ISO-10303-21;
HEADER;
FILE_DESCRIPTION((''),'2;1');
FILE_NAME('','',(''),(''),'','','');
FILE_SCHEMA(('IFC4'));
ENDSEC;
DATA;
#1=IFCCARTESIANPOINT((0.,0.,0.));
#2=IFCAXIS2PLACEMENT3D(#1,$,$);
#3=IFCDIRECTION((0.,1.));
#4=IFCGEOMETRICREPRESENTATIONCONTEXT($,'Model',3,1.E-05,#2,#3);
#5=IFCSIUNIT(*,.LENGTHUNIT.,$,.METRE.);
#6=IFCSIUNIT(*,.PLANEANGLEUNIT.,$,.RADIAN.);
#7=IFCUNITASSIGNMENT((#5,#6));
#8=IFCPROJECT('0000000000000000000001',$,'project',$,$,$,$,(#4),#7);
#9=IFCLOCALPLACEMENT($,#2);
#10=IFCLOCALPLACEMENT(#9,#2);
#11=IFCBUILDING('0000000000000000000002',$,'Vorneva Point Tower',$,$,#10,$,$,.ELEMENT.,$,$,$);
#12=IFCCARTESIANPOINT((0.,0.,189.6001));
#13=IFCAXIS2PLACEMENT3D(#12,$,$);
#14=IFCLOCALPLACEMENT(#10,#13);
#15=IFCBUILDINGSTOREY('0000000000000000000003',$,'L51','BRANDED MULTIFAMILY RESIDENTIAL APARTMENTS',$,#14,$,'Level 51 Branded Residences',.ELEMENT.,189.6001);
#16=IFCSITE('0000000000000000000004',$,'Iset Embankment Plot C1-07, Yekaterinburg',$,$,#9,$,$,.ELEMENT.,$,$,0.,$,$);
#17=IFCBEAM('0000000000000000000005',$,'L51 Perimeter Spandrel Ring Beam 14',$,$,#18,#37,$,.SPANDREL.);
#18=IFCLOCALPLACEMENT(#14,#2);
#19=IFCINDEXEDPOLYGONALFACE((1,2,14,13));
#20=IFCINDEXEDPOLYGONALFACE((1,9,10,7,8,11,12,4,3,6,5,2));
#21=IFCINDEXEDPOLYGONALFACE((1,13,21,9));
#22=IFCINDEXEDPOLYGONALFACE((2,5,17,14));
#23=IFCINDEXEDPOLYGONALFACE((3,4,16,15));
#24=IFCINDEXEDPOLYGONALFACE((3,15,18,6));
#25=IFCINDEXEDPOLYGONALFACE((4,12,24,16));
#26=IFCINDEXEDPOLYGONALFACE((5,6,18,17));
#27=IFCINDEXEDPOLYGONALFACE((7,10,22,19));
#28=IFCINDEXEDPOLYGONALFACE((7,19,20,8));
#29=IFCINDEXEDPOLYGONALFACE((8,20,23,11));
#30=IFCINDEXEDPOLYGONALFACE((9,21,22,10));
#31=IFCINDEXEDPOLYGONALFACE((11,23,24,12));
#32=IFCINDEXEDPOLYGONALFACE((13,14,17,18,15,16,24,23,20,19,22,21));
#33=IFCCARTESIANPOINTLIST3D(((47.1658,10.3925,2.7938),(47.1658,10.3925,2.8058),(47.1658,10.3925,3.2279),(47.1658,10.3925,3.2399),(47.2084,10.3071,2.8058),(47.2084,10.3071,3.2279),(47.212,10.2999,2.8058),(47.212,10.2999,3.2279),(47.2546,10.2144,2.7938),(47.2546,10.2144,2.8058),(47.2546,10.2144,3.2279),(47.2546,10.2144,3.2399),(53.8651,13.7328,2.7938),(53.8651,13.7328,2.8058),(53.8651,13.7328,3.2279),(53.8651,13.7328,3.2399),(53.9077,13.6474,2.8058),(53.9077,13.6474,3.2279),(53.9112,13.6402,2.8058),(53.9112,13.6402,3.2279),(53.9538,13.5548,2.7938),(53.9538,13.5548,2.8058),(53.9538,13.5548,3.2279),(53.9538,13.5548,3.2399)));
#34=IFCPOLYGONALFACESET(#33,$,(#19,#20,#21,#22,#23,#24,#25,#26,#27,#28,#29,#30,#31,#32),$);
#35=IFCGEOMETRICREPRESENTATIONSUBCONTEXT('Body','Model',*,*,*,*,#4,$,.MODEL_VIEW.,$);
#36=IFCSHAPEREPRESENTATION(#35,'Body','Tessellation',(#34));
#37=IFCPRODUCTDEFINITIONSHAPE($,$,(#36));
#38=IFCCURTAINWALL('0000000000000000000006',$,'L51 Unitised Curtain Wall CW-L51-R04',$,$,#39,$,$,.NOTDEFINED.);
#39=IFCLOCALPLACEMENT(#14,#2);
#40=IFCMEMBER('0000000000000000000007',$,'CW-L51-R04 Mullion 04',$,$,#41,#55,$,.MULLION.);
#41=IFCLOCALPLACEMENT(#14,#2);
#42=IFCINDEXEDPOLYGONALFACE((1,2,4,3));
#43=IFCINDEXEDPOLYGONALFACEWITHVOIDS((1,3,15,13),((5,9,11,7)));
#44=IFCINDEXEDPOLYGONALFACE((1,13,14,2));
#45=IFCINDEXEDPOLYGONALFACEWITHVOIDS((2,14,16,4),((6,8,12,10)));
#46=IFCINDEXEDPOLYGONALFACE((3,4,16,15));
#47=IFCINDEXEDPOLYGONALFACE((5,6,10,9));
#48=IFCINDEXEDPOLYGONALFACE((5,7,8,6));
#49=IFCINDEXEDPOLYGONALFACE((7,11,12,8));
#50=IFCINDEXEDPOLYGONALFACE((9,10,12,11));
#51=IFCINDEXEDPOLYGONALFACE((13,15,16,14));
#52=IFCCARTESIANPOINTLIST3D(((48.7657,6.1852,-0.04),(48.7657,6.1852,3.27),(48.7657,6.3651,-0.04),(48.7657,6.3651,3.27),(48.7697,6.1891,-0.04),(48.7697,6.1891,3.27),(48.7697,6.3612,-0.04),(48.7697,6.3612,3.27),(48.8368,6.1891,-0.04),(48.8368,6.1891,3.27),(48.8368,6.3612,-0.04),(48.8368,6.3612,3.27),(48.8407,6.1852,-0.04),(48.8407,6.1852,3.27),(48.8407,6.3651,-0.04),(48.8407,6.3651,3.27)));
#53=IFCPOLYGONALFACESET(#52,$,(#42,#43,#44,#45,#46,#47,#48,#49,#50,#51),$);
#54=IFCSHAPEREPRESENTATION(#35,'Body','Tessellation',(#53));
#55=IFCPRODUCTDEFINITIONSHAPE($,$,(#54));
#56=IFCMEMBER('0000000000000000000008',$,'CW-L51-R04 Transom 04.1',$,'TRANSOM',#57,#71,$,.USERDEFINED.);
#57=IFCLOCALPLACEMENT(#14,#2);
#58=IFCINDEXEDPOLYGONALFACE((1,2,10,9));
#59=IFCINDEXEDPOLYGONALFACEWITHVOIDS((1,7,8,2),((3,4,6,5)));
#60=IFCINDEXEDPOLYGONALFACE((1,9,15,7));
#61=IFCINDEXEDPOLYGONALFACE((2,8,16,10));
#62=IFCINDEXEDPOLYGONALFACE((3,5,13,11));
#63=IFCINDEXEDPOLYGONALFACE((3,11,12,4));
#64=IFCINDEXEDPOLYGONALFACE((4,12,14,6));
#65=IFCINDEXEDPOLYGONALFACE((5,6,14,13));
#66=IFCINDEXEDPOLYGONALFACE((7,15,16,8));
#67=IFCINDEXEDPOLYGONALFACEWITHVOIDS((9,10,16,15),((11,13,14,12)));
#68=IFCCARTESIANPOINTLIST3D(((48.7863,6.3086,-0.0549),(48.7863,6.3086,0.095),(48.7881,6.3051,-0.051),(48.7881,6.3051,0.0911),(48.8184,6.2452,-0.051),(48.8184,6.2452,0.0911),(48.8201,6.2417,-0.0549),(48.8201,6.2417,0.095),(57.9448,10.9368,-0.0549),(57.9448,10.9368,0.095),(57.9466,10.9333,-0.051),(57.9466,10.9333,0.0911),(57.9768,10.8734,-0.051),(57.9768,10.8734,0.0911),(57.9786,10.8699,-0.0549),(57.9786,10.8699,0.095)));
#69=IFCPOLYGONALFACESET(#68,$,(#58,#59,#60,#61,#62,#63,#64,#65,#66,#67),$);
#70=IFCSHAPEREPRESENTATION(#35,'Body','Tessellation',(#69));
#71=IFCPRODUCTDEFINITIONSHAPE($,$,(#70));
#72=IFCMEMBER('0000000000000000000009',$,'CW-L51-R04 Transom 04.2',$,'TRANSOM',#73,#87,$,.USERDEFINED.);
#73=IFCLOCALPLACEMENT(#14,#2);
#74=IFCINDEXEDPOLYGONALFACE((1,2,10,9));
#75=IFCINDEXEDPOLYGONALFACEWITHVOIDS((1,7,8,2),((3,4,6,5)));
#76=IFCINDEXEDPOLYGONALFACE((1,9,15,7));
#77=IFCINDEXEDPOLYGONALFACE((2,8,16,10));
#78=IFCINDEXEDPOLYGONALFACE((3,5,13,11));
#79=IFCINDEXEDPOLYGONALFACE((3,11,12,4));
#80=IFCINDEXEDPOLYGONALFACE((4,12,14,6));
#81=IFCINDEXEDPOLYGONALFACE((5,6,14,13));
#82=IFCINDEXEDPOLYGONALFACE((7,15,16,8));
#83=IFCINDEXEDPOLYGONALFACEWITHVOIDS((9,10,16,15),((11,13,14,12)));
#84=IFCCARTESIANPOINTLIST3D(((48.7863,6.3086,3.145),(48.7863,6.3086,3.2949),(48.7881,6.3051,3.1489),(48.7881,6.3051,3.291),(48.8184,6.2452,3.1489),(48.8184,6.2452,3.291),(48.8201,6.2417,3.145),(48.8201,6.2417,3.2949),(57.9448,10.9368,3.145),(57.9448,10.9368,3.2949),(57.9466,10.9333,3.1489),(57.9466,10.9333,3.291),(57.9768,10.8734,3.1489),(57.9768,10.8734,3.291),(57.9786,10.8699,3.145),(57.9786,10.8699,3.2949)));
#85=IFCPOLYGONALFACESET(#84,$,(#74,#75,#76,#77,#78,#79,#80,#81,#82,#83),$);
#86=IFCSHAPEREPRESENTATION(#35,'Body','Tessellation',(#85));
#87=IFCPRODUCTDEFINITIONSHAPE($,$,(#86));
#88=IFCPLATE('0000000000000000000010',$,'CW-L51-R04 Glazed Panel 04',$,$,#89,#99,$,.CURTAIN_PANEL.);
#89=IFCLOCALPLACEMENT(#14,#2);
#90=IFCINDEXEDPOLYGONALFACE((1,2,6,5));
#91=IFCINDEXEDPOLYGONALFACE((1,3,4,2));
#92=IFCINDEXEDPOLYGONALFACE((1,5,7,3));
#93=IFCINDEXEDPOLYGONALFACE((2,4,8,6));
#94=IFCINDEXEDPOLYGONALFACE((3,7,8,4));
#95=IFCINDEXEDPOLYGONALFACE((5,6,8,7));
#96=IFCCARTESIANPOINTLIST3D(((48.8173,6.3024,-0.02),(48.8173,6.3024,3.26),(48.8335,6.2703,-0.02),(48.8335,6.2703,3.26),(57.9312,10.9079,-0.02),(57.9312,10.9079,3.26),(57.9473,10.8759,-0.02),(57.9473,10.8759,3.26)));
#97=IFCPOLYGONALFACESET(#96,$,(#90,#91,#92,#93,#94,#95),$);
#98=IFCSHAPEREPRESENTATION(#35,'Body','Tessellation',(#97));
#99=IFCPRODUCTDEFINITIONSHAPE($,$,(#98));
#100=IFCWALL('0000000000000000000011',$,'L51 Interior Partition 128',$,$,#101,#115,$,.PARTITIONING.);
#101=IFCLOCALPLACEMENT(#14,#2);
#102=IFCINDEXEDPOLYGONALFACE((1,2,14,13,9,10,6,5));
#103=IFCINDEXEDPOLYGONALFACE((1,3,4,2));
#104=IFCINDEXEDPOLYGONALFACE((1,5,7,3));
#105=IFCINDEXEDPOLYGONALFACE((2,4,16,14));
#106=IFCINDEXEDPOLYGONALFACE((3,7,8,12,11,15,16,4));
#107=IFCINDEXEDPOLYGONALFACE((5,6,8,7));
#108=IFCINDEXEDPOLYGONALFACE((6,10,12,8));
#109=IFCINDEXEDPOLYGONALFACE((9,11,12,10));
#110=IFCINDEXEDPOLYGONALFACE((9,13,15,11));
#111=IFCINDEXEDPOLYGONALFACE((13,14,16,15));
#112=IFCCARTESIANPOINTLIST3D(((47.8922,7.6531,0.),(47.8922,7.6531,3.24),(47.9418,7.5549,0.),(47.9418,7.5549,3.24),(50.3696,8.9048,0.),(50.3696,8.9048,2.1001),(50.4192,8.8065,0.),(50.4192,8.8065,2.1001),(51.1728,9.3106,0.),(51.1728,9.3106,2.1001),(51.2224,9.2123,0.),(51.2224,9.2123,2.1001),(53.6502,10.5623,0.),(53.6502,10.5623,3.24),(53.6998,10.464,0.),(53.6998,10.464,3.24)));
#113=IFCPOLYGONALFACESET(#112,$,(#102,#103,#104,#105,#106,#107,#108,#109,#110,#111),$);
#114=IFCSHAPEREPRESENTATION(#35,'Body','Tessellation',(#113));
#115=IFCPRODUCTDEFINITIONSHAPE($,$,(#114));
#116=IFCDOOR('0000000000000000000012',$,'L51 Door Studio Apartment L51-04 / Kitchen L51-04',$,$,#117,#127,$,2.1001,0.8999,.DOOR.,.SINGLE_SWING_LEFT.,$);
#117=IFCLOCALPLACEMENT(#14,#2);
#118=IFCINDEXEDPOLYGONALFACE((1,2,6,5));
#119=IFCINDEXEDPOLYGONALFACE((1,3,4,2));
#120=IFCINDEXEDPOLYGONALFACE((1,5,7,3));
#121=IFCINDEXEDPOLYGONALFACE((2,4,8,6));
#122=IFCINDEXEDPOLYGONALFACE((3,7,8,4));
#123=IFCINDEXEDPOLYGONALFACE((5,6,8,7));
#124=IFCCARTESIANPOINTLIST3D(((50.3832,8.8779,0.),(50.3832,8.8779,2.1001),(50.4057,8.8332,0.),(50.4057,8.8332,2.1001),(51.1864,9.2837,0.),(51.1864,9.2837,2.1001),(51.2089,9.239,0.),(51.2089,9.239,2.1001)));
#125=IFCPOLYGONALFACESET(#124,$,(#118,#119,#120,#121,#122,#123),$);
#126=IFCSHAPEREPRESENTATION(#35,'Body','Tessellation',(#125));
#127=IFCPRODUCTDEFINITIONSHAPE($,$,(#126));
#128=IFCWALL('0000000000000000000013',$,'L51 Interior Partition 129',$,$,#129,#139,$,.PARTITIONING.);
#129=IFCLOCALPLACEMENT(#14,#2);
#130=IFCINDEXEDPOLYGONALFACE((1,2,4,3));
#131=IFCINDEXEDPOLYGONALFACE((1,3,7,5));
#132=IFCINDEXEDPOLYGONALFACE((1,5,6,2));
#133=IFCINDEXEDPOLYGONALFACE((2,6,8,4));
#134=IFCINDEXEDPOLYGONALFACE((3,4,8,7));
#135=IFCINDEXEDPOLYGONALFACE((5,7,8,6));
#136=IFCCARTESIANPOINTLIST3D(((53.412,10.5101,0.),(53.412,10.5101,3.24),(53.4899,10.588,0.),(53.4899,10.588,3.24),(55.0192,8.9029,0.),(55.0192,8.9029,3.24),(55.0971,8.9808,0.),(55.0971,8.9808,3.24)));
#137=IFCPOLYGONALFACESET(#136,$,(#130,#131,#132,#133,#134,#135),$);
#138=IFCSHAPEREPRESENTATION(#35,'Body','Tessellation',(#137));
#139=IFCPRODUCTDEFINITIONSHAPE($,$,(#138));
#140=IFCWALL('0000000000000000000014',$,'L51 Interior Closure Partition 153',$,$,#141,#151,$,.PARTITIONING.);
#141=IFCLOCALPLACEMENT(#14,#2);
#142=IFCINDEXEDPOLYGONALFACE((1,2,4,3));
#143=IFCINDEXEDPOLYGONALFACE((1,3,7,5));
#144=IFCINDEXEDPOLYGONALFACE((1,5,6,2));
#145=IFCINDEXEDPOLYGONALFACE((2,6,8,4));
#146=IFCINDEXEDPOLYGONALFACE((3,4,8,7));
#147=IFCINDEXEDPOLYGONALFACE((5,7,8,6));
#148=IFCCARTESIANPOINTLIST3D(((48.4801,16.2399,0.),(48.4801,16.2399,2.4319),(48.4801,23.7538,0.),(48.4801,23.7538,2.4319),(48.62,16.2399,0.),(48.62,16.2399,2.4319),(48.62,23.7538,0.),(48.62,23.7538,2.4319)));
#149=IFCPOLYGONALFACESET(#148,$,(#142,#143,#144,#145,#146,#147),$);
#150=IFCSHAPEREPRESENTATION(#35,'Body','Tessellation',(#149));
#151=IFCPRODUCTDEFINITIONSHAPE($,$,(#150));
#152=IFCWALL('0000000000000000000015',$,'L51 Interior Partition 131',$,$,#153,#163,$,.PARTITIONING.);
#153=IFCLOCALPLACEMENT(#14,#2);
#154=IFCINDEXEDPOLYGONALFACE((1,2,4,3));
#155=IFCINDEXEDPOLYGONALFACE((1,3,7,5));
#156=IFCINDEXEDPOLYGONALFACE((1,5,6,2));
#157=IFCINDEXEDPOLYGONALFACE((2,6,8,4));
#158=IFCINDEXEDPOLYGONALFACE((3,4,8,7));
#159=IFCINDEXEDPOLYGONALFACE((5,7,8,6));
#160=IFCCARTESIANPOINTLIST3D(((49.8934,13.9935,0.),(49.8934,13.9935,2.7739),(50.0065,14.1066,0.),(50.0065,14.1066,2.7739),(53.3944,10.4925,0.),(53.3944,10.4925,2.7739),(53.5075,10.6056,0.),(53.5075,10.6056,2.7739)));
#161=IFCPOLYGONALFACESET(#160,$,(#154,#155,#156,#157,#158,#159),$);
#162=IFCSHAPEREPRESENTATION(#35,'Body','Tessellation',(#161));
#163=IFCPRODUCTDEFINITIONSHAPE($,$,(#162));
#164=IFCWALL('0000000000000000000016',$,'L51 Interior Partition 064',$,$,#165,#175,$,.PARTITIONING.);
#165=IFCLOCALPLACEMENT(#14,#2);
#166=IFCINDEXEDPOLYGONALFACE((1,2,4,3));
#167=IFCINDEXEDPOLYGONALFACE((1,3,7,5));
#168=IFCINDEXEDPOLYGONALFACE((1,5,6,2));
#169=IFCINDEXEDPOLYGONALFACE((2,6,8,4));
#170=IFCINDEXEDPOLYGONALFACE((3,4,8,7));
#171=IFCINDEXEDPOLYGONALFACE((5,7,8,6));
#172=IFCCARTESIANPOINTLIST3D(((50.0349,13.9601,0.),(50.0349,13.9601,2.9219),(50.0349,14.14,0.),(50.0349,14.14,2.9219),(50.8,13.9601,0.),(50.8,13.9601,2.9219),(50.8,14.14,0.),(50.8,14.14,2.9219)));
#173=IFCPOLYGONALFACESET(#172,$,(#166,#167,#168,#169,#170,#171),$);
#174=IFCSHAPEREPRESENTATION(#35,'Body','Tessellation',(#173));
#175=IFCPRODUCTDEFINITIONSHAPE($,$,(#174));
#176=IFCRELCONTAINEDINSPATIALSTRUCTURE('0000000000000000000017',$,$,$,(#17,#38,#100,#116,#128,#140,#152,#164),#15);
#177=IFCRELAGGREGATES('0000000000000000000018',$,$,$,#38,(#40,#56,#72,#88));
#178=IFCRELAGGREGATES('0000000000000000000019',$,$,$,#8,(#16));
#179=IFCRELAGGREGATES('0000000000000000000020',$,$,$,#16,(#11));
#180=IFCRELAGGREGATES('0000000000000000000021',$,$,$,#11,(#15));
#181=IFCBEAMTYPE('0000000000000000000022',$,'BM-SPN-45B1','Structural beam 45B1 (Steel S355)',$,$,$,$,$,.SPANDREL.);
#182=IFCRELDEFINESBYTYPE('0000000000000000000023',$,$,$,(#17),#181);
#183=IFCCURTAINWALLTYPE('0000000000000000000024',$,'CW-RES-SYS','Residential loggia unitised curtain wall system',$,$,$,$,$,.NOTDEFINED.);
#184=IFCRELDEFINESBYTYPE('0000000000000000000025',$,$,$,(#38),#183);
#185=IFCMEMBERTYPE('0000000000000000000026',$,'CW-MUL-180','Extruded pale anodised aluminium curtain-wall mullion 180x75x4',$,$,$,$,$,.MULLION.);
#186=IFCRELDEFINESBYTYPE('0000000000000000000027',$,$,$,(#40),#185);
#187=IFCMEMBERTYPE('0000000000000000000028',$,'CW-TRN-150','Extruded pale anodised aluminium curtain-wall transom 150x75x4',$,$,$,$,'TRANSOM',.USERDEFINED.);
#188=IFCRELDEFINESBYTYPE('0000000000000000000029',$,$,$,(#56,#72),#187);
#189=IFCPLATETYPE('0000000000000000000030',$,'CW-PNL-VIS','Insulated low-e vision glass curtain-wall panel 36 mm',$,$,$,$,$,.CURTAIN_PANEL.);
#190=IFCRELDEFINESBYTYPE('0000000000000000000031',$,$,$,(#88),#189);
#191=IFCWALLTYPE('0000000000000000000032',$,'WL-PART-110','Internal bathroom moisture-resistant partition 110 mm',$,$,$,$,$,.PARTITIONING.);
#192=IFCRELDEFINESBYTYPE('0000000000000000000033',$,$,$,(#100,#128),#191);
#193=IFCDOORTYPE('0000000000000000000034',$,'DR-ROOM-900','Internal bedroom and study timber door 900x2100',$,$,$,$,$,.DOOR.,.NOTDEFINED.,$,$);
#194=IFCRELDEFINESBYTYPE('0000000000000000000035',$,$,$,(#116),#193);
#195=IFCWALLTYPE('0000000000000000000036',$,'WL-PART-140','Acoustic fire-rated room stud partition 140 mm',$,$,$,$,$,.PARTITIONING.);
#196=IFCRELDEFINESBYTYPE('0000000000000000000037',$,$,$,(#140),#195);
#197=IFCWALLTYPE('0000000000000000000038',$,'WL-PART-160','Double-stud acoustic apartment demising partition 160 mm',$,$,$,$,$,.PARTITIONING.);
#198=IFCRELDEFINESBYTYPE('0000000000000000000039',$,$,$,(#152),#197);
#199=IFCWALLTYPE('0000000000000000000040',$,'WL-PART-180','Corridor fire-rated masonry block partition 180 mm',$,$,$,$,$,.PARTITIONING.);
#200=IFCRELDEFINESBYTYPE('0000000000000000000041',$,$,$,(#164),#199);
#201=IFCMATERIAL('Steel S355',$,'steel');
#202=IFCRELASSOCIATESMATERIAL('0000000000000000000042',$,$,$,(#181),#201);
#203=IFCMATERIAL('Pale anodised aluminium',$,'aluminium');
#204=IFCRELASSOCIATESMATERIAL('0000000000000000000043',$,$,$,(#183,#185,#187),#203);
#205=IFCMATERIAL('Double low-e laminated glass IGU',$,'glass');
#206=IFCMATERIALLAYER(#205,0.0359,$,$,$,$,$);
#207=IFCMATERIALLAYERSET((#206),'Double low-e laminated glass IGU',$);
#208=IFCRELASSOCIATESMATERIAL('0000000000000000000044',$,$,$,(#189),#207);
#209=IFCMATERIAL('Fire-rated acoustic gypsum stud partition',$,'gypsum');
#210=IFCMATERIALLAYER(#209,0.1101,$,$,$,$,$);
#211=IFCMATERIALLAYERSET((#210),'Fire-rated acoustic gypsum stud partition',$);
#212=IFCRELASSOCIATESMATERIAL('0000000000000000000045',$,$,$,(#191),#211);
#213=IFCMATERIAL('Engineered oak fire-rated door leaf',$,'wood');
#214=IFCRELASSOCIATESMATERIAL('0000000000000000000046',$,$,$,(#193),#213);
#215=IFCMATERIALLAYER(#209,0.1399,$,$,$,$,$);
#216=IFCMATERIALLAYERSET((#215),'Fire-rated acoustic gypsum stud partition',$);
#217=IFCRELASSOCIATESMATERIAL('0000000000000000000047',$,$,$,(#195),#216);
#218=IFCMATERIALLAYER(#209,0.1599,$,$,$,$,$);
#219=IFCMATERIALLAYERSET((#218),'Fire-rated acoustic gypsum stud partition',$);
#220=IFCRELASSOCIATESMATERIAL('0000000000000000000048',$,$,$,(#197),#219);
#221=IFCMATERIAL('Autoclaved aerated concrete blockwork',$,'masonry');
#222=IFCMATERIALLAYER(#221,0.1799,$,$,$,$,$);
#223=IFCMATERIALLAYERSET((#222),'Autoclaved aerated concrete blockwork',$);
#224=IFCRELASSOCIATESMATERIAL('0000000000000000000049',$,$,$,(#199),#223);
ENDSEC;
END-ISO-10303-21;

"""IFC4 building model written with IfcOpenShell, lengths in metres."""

from ifc_helpers import new_model, si_unit, direction, frame, frame_2d, origin, origin_2d, place, context, subcontext, project, spatial, rectangle, hollow_rectangle, i_section, extrude, material, layer, layer_set, material_profile, profile_set, type_object, element, fill, aggregate, save


model = new_model("IFC4")

# Units and contexts
model_context = context("Model", 3, precision=1e-05, world=origin(), true_north=direction((0.0, 1.0)))
body_context = subcontext(model_context, "Body", "Model", "MODEL_VIEW")
ifc_project = project(units=[si_unit("LENGTHUNIT", "METRE"), si_unit("PLANEANGLEUNIT", "RADIAN")], contexts=[model_context])

# Site, building, storey
site_placement = place(None, origin())
site = spatial("IfcSite", under=ifc_project, at=site_placement, Name="Iset Embankment Plot C1-07, Yekaterinburg", CompositionType="ELEMENT", RefElevation=0.0)
building_placement = place(site_placement, origin())
building = spatial("IfcBuilding", under=site, at=building_placement, Name="Vorneva Point Tower", CompositionType="ELEMENT")
storey_placement = place(building_placement, frame((0.0, 0.0, 189.6001)))
storey = spatial("IfcBuildingStorey", under=building, at=storey_placement, Name="L51", Description="BRANDED MULTIFAMILY RESIDENTIAL APARTMENTS", LongName="Level 51 Branded Residences", CompositionType="ELEMENT", Elevation=189.6001)

# Beam
ifc_material_1 = material(Name="Steel S355", Category="steel")
ifc_material_profile_1 = material_profile(ifc_material_1, i_section(OverallWidth=0.199, OverallDepth=0.446, WebThickness=0.0081, FlangeThickness=0.012, at=origin_2d()), Name="45B1")
ifc_profile_set_1 = profile_set([ifc_material_profile_1], Name="Steel S355")
beam_type_1 = type_object("IfcBeamType", Name="BM-SPN-45B1", Description="Structural beam 45B1 (Steel S355)", PredefinedType="SPANDREL", material=ifc_profile_set_1)
beam_1_placement = place(storey_placement, frame((47.2102, 10.3035, 3.0168), z_axis=(0.894922, 0.446222, 0.0), x_axis=(-0.446222, 0.894922, 0.0)))
element("IfcBeam", 1, at=beam_1_placement, inside=storey, type_object=beam_type_1, Name="L51 Perimeter Spandrel Ring Beam 14", PredefinedType="SPANDREL", context=body_context, shape_type="SweptSolid", body=[
    extrude(i_section(OverallWidth=0.199, OverallDepth=0.446, WebThickness=0.0081, FlangeThickness=0.012, at=origin_2d()), origin(), (0.0, 0.0, 1.0), 7.4858),
])

# Curtain wall, members, plate
ifc_material_2 = material(Name="Pale anodised aluminium", Category="aluminium")
curtain_wall_type = type_object("IfcCurtainWallType", Name="CW-RES-SYS", Description="Residential loggia unitised curtain wall system", PredefinedType="NOTDEFINED", material=ifc_material_2)
curtain_wall_placement = place(storey_placement, origin())
curtain_wall = element("IfcCurtainWall", 2, at=curtain_wall_placement, inside=storey, type_object=curtain_wall_type, Name="L51 Unitised Curtain Wall CW-L51-R04", PredefinedType="NOTDEFINED")
ifc_material_profile_2 = material_profile(ifc_material_2, hollow_rectangle(XDim=0.075, YDim=0.1799, WallThickness=0.0039, at=origin_2d()), Name="AL-MUL 180x75x4")
ifc_profile_set_2 = profile_set([ifc_material_profile_2], Name="Pale anodised aluminium")
member_type_1 = type_object("IfcMemberType", Name="CW-MUL-180", Description="Extruded pale anodised aluminium curtain-wall mullion 180x75x4", PredefinedType="MULLION", material=ifc_profile_set_2)
member_1_placement = place(storey_placement, frame((48.8032, 6.2751, -0.04), z_axis=(0.0, 0.0, 1.0), x_axis=(1.0, 0.0, 0.0)))
member_1 = element("IfcMember", 3, at=member_1_placement, type_object=member_type_1, Name="CW-L51-R04 Mullion 04", PredefinedType="MULLION", context=body_context, shape_type="SweptSolid", body=[
    extrude(hollow_rectangle(XDim=0.075, YDim=0.1799, WallThickness=0.0039, at=origin_2d()), origin(), (0.0, 0.0, 1.0), 3.3101),
])
ifc_material_profile_3 = material_profile(ifc_material_2, hollow_rectangle(XDim=0.075, YDim=0.1499, WallThickness=0.0039, at=origin_2d()), Name="AL-TRN 150x75x4")
ifc_profile_set_3 = profile_set([ifc_material_profile_3], Name="Pale anodised aluminium")
member_type_2 = type_object("IfcMemberType", Name="CW-TRN-150", Description="Extruded pale anodised aluminium curtain-wall transom 150x75x4", ElementType="TRANSOM", PredefinedType="USERDEFINED", material=ifc_profile_set_3)
member_2_placement = place(storey_placement, frame((48.8032, 6.2751, 0.02), z_axis=(0.892511, 0.451026, 0.0), x_axis=(-0.451026, 0.892511, 0.0)))
member_2 = element("IfcMember", 4, at=member_2_placement, type_object=member_type_2, Name="CW-L51-R04 Transom 04.1", ObjectType="TRANSOM", PredefinedType="USERDEFINED", context=body_context, shape_type="SweptSolid", body=[
    extrude(hollow_rectangle(XDim=0.075, YDim=0.1499, WallThickness=0.0039, at=origin_2d()), origin(), (0.0, 0.0, 1.0), 10.2615),
])
member_3_placement = place(storey_placement, frame((48.8032, 6.2751, 3.22), z_axis=(0.892511, 0.451026, 0.0), x_axis=(-0.451026, 0.892511, 0.0)))
member_3 = element("IfcMember", 5, at=member_3_placement, type_object=member_type_2, Name="CW-L51-R04 Transom 04.2", ObjectType="TRANSOM", PredefinedType="USERDEFINED", context=body_context, shape_type="SweptSolid", body=[
    extrude(hollow_rectangle(XDim=0.075, YDim=0.1499, WallThickness=0.0039, at=origin_2d()), origin(), (0.0, 0.0, 1.0), 10.2615),
])
ifc_material_3 = material(Name="Double low-e laminated glass IGU", Category="glass")
ifc_layer_1 = layer(ifc_material_3, 0.0359)
ifc_layer_set_1 = layer_set([ifc_layer_1], Name="Double low-e laminated glass IGU")
plate_type = type_object("IfcPlateType", Name="CW-PNL-VIS", Description="Insulated low-e vision glass curtain-wall panel 36 mm", PredefinedType="CURTAIN_PANEL", material=ifc_layer_set_1)
plate_placement = place(storey_placement, frame((53.3823, 8.5891, -0.02), z_axis=(0.0, 0.0, 1.0), x_axis=(0.892515, 0.451018, 0.0)))
plate = element("IfcPlate", 6, at=plate_placement, type_object=plate_type, Name="CW-L51-R04 Glazed Panel 04", PredefinedType="CURTAIN_PANEL", context=body_context, shape_type="SweptSolid", body=[
    extrude(rectangle(XDim=10.2114, YDim=0.0359, at=origin_2d()), origin(), (0.0, 0.0, 1.0), 3.28),
])
aggregate(curtain_wall, [member_1, member_2, member_3, plate])

# Wall, opening, door
ifc_material_4 = material(Name="Fire-rated acoustic gypsum stud partition", Category="gypsum")
ifc_layer_2 = layer(ifc_material_4, 0.1101)
ifc_layer_set_2 = layer_set([ifc_layer_2], Name="Fire-rated acoustic gypsum stud partition")
wall_type_1 = type_object("IfcWallType", Name="WL-PART-110", Description="Internal bathroom moisture-resistant partition 110 mm", PredefinedType="PARTITIONING", material=ifc_layer_set_2)
wall_1_placement = place(storey_placement, frame((47.917, 7.604, 0.0), z_axis=(0.0, 0.0, 1.0), x_axis=(0.89255, 0.450949, 0.0)))
wall_1 = element("IfcWall", 7, at=wall_1_placement, inside=storey, type_object=wall_type_1, Name="L51 Interior Partition 128", PredefinedType="PARTITIONING", context=body_context, shape_type="SweptSolid", body=[
    extrude(rectangle(XDim=6.4512, YDim=0.1101, at=frame_2d((3.2256, 0.0))), origin(), (0.0, 0.0, 1.0), 3.24),
])
opening_1_placement = place(wall_1_placement, frame((2.7756, 0.0, 0.0)))
opening_1 = element("IfcOpeningElement", 8, at=opening_1_placement, cuts=wall_1, PredefinedType="OPENING", context=body_context, shape_type="SweptSolid", body=[
    extrude(rectangle(XDim=0.8999, YDim=2.1001, at=frame_2d((0.45, 1.05))), frame((0.0, 0.0698, 0.0), z_axis=(0.0, -1.0, 0.0), x_axis=(1.0, 0.0, 0.0)), (0.0, 0.0, 1.0), 0.1399),
])
ifc_material_5 = material(Name="Engineered oak fire-rated door leaf", Category="wood")
door_type_1 = type_object("IfcDoorType", Name="DR-ROOM-900", Description="Internal bedroom and study timber door 900x2100", OperationType="NOTDEFINED", PredefinedType="DOOR", material=ifc_material_5)
door_1_placement = place(opening_1_placement, origin())
door_1 = element("IfcDoor", 9, at=door_1_placement, inside=storey, type_object=door_type_1, Name="L51 Door Studio Apartment L51-04 / Kitchen L51-04", OperationType="SINGLE_SWING_LEFT", OverallHeight=2.1001, OverallWidth=0.8999, PredefinedType="DOOR", context=body_context, shape_type="SweptSolid", body=[
    extrude(rectangle(XDim=0.8999, YDim=2.1001, at=frame_2d((0.45, 1.05))), frame((0.0, 0.0249, 0.0), z_axis=(0.0, -1.0, 0.0), x_axis=(1.0, 0.0, 0.0)), (0.0, 0.0, 1.0), 0.05),
])
fill(opening_1, door_1)

# Walls
wall_2_placement = place(storey_placement, frame((53.4509, 10.5491, 0.0), z_axis=(0.0, 0.0, 1.0), x_axis=(0.707107, -0.707107, 0.0)))
element("IfcWall", 10, at=wall_2_placement, inside=storey, type_object=wall_type_1, Name="L51 Interior Partition 129", PredefinedType="PARTITIONING", context=body_context, shape_type="SweptSolid", body=[
    extrude(rectangle(XDim=2.2729, YDim=0.1101, at=frame_2d((1.1365, 0.0))), origin(), (0.0, 0.0, 1.0), 3.24),
])
ifc_layer_3 = layer(ifc_material_4, 0.1399)
ifc_layer_set_3 = layer_set([ifc_layer_3], Name="Fire-rated acoustic gypsum stud partition")
wall_type_2 = type_object("IfcWallType", Name="WL-PART-140", Description="Acoustic fire-rated room stud partition 140 mm", PredefinedType="PARTITIONING", material=ifc_layer_set_3)
wall_3_placement = place(storey_placement, frame((48.55, 16.24, 0.0), z_axis=(0.0, 0.0, 1.0), x_axis=(0.0, 1.0, 0.0)))
element("IfcWall", 11, at=wall_3_placement, inside=storey, type_object=wall_type_2, Name="L51 Interior Closure Partition 153", PredefinedType="PARTITIONING", context=body_context, shape_type="SweptSolid", body=[
    extrude(rectangle(XDim=7.5139, YDim=0.1399, at=frame_2d((3.7568, 0.0))), origin(), (0.0, 0.0, 1.0), 2.4319),
])
ifc_layer_4 = layer(ifc_material_4, 0.1599)
ifc_layer_set_4 = layer_set([ifc_layer_4], Name="Fire-rated acoustic gypsum stud partition")
wall_type_3 = type_object("IfcWallType", Name="WL-PART-160", Description="Double-stud acoustic apartment demising partition 160 mm", PredefinedType="PARTITIONING", material=ifc_layer_set_4)
wall_4_placement = place(storey_placement, frame((53.4509, 10.5491, 0.0), z_axis=(0.0, 0.0, 1.0), x_axis=(-0.707107, 0.707107, 0.0)))
element("IfcWall", 12, at=wall_4_placement, inside=storey, type_object=wall_type_3, Name="L51 Interior Partition 131", PredefinedType="PARTITIONING", context=body_context, shape_type="SweptSolid", body=[
    extrude(rectangle(XDim=4.9512, YDim=0.1599, at=frame_2d((2.4756, 0.0))), origin(), (0.0, 0.0, 1.0), 2.7739),
])

# Shared definitions
ifc_material_6 = material(Name="Autoclaved aerated concrete blockwork", Category="masonry")
ifc_layer_5 = layer(ifc_material_6, 0.1799)
ifc_layer_set_5 = layer_set([ifc_layer_5], Name="Autoclaved aerated concrete blockwork")
wall_type_4 = type_object("IfcWallType", Name="WL-PART-180", Description="Corridor fire-rated masonry block partition 180 mm", PredefinedType="PARTITIONING", material=ifc_layer_set_5)

# Wall
wall_5_placement = place(storey_placement, frame((50.0349, 14.05, 0.0), z_axis=(0.0, 0.0, 1.0), x_axis=(1.0, 0.0, 0.0)))
element("IfcWall", 13, at=wall_5_placement, inside=storey, type_object=wall_type_4, Name="L51 Interior Partition 064", PredefinedType="PARTITIONING", context=body_context, shape_type="SweptSolid", body=[
    extrude(rectangle(XDim=0.7651, YDim=0.1799, at=frame_2d((0.3826, 0.0))), origin(), (0.0, 0.0, 1.0), 2.9219),
])

save(model, "model.ifc")
